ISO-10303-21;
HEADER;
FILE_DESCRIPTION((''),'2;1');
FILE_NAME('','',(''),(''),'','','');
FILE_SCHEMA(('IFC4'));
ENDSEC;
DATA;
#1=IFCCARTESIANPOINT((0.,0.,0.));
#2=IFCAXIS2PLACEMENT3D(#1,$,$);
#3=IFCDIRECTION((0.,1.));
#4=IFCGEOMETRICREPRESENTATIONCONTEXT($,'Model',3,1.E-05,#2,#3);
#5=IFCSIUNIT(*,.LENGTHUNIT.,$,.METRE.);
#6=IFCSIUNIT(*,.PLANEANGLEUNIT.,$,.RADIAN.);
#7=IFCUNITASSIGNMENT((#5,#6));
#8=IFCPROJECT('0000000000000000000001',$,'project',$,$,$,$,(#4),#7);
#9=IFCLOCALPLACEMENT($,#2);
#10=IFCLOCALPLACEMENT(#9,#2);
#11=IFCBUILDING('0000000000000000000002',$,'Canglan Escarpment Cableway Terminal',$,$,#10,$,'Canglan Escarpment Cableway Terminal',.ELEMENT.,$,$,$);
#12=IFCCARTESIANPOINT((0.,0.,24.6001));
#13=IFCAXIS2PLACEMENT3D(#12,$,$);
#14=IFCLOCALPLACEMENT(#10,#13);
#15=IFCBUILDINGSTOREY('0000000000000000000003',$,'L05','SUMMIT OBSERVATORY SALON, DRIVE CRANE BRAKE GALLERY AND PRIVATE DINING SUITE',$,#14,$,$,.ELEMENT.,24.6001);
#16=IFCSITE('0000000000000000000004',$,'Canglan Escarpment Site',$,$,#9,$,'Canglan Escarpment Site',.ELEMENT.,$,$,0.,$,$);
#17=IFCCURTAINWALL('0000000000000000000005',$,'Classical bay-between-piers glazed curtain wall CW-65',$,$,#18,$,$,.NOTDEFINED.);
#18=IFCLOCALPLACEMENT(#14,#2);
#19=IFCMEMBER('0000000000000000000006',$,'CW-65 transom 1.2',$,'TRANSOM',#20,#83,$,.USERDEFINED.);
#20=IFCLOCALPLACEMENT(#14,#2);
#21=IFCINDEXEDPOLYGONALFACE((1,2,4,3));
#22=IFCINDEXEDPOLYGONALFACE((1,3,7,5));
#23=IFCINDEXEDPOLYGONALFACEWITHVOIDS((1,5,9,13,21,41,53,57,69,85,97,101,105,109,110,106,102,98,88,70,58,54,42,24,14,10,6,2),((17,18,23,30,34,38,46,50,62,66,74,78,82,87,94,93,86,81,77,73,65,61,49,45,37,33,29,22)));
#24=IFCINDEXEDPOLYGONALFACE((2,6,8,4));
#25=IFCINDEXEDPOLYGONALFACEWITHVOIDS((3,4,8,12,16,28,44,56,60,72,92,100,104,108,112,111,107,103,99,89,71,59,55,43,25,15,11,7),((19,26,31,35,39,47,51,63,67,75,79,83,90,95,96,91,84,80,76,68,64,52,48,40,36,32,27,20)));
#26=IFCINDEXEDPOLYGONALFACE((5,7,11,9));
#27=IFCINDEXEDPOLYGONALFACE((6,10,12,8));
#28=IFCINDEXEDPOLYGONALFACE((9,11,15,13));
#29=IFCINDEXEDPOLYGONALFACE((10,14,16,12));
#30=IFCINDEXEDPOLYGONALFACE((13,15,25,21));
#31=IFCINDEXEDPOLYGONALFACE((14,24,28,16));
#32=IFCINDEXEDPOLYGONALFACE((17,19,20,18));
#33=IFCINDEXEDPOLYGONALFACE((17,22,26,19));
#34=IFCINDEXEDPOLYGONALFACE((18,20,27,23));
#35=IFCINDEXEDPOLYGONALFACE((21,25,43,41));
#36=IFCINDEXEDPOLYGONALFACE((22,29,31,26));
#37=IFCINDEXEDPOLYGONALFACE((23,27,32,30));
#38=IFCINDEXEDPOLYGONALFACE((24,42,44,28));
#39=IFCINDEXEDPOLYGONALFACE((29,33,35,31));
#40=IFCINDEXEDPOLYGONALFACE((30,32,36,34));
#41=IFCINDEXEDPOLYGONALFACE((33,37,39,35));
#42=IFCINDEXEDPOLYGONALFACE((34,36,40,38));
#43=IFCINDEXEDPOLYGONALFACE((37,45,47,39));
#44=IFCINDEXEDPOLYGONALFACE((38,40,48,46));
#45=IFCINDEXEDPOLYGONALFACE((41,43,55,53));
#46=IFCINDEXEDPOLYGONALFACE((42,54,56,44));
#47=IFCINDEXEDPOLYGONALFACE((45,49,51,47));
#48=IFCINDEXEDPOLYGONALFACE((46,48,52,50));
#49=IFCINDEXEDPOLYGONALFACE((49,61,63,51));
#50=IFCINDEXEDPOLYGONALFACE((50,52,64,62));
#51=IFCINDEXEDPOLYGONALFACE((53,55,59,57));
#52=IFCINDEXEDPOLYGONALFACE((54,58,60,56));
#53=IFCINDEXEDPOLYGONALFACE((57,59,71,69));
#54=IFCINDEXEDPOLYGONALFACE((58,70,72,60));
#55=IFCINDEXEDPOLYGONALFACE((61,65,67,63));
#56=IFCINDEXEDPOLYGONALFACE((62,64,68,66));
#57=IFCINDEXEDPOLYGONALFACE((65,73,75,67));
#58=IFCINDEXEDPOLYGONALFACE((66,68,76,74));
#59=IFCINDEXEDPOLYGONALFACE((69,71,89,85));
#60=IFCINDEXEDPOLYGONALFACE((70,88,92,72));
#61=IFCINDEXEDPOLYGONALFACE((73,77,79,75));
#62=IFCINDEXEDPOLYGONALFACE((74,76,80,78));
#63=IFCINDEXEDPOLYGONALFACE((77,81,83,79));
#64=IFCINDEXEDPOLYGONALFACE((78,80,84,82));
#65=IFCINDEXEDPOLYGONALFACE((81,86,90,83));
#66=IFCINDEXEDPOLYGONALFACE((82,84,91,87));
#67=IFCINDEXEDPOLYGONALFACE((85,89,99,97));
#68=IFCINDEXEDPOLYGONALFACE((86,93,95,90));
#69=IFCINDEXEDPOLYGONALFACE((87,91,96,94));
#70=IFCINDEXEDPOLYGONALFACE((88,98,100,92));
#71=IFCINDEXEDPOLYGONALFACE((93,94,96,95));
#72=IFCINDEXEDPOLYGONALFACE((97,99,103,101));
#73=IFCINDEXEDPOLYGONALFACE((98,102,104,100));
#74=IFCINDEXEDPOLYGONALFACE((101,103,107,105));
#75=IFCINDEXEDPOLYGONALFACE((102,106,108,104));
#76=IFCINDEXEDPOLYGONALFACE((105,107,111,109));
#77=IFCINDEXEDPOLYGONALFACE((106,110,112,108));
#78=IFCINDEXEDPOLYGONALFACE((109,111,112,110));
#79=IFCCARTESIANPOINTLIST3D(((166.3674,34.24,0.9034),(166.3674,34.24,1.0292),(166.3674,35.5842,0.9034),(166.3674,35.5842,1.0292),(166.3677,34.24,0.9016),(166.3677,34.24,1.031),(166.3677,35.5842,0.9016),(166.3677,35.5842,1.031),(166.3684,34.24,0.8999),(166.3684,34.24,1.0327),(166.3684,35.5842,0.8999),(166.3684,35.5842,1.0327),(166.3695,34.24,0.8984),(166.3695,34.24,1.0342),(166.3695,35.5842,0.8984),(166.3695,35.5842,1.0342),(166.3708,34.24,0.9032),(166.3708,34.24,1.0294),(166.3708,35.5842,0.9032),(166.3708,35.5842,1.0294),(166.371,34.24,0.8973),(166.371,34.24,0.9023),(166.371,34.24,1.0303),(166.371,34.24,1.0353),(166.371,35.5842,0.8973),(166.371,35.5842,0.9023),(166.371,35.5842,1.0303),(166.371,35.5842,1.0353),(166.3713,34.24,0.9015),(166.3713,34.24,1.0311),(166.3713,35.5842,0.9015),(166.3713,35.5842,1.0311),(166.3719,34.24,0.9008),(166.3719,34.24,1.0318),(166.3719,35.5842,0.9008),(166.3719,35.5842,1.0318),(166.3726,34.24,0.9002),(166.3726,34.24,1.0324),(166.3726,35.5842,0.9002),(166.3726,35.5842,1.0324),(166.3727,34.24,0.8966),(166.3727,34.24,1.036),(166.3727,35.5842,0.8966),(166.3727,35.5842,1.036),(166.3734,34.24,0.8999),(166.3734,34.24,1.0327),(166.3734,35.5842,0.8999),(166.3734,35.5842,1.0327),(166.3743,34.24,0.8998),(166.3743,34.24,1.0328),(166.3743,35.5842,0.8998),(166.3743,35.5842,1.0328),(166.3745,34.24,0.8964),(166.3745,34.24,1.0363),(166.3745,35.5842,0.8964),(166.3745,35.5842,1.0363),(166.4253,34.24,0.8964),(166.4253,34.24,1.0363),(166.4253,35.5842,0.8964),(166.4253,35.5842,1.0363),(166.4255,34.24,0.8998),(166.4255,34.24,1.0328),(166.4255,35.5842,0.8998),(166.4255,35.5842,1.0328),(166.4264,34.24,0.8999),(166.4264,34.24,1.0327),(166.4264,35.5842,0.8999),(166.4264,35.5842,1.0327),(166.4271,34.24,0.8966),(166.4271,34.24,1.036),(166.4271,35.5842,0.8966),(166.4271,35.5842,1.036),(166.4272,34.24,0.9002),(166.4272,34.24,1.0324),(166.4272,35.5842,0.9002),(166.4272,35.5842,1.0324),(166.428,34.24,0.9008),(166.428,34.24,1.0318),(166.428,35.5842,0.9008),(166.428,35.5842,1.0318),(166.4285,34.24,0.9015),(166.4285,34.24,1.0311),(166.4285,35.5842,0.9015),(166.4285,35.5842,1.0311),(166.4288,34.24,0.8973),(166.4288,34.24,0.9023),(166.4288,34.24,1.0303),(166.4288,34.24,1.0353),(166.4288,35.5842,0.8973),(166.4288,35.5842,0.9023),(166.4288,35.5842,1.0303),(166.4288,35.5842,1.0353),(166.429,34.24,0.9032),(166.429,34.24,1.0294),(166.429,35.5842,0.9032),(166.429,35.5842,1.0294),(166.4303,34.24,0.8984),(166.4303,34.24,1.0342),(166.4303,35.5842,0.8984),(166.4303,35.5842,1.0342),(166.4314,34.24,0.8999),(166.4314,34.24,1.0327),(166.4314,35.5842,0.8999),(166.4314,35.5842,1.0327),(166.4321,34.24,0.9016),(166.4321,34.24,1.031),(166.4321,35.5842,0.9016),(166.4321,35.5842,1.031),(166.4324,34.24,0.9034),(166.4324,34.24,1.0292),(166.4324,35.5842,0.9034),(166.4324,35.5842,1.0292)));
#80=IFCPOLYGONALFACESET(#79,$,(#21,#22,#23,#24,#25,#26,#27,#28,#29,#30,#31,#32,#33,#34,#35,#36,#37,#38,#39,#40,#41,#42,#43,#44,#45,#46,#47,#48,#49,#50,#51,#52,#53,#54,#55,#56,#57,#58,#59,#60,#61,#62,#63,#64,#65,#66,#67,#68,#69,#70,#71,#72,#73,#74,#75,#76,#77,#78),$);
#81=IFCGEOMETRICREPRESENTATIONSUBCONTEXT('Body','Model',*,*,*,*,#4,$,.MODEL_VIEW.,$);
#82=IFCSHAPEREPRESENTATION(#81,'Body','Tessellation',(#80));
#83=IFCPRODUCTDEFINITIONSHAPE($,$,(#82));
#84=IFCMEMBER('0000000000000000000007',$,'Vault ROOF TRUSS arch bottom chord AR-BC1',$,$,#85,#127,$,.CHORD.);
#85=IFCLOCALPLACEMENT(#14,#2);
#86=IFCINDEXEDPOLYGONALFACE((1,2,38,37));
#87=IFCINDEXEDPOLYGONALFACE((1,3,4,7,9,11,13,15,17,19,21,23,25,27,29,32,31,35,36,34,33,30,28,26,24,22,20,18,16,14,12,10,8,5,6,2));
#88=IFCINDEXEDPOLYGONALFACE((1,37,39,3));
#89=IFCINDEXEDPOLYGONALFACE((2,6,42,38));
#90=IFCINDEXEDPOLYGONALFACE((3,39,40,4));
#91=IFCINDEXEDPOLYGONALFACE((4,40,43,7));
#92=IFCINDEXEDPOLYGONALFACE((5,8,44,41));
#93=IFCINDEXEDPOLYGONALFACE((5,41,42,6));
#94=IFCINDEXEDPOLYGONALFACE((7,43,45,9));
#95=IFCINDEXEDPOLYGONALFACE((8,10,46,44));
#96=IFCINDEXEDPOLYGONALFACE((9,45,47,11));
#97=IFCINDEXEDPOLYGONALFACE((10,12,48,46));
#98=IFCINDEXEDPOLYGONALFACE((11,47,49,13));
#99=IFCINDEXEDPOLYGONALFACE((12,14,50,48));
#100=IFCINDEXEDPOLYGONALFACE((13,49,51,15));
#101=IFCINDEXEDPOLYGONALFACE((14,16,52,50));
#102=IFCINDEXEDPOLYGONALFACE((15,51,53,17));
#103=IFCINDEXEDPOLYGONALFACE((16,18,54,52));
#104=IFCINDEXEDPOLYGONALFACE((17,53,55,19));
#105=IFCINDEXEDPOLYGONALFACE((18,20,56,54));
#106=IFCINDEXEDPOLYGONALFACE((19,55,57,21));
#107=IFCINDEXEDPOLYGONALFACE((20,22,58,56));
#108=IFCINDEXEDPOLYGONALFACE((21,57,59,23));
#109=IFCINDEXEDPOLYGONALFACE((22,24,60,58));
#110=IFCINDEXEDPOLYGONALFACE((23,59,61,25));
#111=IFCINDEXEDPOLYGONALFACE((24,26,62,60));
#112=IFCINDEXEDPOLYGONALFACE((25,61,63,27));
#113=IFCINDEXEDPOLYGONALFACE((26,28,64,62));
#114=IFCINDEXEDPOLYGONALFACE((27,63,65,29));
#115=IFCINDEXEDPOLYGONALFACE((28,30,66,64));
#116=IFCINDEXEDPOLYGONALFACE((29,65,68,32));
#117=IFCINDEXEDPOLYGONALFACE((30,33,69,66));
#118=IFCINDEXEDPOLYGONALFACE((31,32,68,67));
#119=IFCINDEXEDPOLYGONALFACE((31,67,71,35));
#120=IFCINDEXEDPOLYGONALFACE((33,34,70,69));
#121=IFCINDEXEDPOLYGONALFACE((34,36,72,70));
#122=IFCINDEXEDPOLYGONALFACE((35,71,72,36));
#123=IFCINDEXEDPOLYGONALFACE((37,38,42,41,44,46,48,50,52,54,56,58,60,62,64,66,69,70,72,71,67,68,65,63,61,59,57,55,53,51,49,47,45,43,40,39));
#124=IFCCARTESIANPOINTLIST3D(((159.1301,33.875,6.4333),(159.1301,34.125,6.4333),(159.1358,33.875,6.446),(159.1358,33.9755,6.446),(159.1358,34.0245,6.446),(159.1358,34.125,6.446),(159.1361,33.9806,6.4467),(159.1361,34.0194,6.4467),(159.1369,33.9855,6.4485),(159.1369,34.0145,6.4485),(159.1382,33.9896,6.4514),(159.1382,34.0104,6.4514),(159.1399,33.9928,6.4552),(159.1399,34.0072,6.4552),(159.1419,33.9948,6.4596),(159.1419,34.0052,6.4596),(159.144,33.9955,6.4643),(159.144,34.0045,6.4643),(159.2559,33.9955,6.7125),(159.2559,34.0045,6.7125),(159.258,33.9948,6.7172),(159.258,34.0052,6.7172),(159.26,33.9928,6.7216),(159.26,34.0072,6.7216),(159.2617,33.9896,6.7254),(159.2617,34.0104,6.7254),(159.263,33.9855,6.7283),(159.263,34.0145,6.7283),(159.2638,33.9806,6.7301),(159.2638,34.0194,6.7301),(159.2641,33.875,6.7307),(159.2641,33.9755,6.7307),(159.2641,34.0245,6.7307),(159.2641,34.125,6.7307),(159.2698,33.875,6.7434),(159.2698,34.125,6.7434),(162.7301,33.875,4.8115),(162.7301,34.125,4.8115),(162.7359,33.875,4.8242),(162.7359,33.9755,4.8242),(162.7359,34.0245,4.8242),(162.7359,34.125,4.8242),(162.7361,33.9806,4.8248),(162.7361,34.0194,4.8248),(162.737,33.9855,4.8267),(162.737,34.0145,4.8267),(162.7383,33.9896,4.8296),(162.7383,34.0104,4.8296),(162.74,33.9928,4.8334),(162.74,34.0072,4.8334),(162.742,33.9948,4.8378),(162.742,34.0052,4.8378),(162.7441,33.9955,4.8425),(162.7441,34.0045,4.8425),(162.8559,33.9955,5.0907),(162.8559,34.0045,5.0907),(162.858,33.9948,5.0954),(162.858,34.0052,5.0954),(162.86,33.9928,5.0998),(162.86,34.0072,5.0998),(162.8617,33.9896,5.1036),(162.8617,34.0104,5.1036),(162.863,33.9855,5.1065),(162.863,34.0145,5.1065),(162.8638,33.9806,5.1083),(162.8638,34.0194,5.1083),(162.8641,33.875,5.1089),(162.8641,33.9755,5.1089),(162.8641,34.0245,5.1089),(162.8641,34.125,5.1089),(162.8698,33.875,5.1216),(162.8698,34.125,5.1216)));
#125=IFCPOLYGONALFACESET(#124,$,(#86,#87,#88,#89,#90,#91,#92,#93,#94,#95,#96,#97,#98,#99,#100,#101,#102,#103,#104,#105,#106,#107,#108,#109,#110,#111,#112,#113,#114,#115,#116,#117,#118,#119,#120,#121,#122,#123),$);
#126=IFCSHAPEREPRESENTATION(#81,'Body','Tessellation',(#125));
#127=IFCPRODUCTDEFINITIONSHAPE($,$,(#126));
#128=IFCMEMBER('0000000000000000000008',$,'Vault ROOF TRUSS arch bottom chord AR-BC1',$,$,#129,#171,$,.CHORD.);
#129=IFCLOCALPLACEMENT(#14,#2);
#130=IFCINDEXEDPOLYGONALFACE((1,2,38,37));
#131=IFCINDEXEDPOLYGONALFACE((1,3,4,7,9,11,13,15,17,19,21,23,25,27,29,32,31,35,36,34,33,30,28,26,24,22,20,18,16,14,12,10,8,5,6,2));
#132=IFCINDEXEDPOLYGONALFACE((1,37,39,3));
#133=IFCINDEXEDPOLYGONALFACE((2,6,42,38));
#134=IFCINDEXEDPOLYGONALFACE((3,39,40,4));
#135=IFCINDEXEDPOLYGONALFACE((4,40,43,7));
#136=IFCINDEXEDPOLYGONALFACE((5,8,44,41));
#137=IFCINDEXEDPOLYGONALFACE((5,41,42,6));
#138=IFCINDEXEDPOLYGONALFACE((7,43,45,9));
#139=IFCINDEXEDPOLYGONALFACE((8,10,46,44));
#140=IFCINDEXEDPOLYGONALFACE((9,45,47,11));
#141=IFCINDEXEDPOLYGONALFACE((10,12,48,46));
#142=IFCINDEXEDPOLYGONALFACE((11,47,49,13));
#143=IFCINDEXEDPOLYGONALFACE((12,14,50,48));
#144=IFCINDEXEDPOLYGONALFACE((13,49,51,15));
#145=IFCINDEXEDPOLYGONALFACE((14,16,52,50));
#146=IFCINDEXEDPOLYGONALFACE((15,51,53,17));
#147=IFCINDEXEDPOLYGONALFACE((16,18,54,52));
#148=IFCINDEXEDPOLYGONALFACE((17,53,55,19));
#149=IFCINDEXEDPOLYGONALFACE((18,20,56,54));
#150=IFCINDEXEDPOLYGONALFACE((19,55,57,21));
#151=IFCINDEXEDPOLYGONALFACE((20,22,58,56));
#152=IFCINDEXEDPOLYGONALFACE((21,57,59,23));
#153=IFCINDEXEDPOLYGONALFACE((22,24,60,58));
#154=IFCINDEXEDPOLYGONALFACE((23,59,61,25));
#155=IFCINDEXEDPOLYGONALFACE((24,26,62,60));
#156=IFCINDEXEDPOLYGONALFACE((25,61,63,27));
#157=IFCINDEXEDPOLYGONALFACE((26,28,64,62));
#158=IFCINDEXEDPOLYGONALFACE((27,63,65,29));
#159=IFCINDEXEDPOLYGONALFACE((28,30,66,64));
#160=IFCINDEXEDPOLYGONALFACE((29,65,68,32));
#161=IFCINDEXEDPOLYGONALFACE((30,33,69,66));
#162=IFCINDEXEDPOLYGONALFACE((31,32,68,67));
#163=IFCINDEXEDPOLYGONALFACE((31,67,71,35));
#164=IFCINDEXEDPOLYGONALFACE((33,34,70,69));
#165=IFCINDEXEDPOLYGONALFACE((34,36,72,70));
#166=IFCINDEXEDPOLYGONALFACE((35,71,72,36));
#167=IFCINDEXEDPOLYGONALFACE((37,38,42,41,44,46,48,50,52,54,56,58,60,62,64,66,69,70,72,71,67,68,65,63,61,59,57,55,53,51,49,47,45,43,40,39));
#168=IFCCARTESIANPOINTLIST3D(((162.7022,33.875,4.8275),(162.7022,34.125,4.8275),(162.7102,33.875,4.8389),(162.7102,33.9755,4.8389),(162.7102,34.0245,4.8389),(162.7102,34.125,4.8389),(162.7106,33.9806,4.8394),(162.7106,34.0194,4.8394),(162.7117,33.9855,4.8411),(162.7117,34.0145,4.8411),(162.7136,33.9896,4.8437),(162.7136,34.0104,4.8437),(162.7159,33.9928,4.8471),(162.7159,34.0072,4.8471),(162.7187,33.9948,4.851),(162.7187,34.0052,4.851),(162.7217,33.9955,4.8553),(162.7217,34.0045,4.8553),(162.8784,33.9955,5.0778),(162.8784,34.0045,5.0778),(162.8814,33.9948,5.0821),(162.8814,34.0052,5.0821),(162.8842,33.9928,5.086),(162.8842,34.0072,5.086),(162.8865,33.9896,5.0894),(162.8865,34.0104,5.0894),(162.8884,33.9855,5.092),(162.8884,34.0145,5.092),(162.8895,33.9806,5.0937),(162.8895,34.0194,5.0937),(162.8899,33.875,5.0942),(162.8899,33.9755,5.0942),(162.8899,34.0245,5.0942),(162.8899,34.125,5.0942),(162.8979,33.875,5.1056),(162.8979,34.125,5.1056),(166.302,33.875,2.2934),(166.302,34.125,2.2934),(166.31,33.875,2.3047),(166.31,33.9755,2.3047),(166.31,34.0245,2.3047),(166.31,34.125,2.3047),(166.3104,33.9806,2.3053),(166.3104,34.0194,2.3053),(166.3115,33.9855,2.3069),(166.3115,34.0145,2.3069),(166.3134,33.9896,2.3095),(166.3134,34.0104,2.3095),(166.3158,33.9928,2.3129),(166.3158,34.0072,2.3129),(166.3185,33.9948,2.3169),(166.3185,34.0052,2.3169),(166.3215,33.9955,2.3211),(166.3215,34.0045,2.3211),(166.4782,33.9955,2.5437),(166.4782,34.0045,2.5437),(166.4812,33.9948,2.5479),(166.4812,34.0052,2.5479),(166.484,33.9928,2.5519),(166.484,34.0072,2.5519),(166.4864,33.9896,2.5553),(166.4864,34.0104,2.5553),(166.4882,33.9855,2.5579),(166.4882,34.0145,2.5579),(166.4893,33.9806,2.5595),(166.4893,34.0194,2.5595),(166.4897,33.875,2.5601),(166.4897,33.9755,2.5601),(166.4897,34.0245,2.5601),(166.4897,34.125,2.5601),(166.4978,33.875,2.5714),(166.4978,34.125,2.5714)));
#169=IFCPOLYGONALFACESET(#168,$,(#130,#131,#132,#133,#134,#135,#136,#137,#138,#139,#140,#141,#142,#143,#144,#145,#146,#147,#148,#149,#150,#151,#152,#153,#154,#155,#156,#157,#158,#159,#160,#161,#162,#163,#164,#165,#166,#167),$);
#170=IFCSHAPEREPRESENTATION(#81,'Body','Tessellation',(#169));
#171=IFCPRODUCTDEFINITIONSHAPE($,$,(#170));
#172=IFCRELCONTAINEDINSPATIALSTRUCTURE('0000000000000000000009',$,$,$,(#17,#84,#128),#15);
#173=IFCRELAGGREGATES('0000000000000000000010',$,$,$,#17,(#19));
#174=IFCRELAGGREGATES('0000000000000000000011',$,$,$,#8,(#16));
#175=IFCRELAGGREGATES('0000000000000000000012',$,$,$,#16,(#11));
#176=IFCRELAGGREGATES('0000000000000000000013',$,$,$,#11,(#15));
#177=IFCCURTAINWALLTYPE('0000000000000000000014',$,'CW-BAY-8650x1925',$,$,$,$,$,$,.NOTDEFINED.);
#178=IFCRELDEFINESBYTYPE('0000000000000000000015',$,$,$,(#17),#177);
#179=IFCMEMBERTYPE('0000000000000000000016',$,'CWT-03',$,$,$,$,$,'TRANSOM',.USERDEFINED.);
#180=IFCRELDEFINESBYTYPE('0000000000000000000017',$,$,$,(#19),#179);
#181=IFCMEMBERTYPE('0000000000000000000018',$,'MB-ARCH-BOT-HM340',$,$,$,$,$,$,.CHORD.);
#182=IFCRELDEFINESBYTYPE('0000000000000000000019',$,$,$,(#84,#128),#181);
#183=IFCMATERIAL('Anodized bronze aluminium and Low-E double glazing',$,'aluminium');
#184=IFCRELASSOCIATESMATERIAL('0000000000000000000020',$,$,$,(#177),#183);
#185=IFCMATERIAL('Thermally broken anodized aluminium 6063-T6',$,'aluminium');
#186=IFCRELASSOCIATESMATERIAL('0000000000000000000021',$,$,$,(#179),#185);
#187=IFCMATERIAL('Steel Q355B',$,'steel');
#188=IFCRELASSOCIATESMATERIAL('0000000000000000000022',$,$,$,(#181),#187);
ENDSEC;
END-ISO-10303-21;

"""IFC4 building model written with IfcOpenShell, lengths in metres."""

from ifc_helpers import new_model, si_unit, direction, frame, origin, origin_2d, place, context, subcontext, project, spatial, hollow_rectangle, i_section, extrude, material, material_profile, profile_set, type_object, element, aggregate, save


model = new_model("IFC4")

# Units and contexts
model_context = context("Model", 3, precision=1e-05, world=origin(), true_north=direction((0.0, 1.0)))
body_context = subcontext(model_context, "Body", "Model", "MODEL_VIEW")
ifc_project = project(units=[si_unit("LENGTHUNIT", "METRE"), si_unit("PLANEANGLEUNIT", "RADIAN")], contexts=[model_context])

# Site, building, storey
site_placement = place(None, origin())
site = spatial("IfcSite", under=ifc_project, at=site_placement, Name="Canglan Escarpment Site", LongName="Canglan Escarpment Site", CompositionType="ELEMENT", RefElevation=0.0)
building_placement = place(site_placement, origin())
building = spatial("IfcBuilding", under=site, at=building_placement, Name="Canglan Escarpment Cableway Terminal", LongName="Canglan Escarpment Cableway Terminal", CompositionType="ELEMENT")
storey_placement = place(building_placement, frame((0.0, 0.0, 24.6001)))
storey = spatial("IfcBuildingStorey", under=building, at=storey_placement, Name="L05", Description="SUMMIT OBSERVATORY SALON, DRIVE CRANE BRAKE GALLERY AND PRIVATE DINING SUITE", CompositionType="ELEMENT", Elevation=24.6001)

# Shared definitions
ifc_material_1 = material(Name="Steel Q355B", Category="steel")

# Curtain wall, member
ifc_material_2 = material(Name="Anodized bronze aluminium and Low-E double glazing", Category="aluminium")
curtain_wall_type = type_object("IfcCurtainWallType", Name="CW-BAY-8650x1925", PredefinedType="NOTDEFINED", material=ifc_material_2)
curtain_wall_placement = place(storey_placement, origin())
curtain_wall = element("IfcCurtainWall", 1, at=curtain_wall_placement, inside=storey, type_object=curtain_wall_type, Name="Classical bay-between-piers glazed curtain wall CW-65", PredefinedType="NOTDEFINED")
ifc_material_3 = material(Name="Thermally broken anodized aluminium 6063-T6", Category="aluminium")
ifc_material_profile_1 = material_profile(ifc_material_3, hollow_rectangle(XDim=0.0649, YDim=0.1399, WallThickness=0.0034, InnerFilletRadius=0.0034, OuterFilletRadius=0.0071, at=origin_2d()), Name="ALU-TRAN 65x140x3.5")
ifc_profile_set_1 = profile_set([ifc_material_profile_1], Name="Thermally broken anodized aluminium 6063-T6")
member_type_1 = type_object("IfcMemberType", Name="CWT-03", ElementType="TRANSOM", PredefinedType="USERDEFINED", material=ifc_profile_set_1)
member_1_placement = place(storey_placement, frame((166.3999, 34.24, 0.9663), z_axis=(0.0, 1.0, 0.0), x_axis=(-1.0, 0.0, 0.0)))
member_1 = element("IfcMember", 2, at=member_1_placement, type_object=member_type_1, Name="CW-65 transom 1.2", ObjectType="TRANSOM", PredefinedType="USERDEFINED", context=body_context, shape_type="SweptSolid", body=[
    extrude(hollow_rectangle(XDim=0.0649, YDim=0.1399, WallThickness=0.0034, InnerFilletRadius=0.0034, OuterFilletRadius=0.0071, at=origin_2d()), origin(), (0.0, 0.0, 1.0), 1.3442),
])
aggregate(curtain_wall, [member_1])

# Members
ifc_material_profile_2 = material_profile(ifc_material_1, i_section(OverallWidth=0.25, OverallDepth=0.3401, WebThickness=0.009, FlangeThickness=0.0139, FilletRadius=0.02, at=origin_2d()), Name="HM 340x250x9x14")
ifc_profile_set_2 = profile_set([ifc_material_profile_2], Name="Steel Q355B")
member_type_2 = type_object("IfcMemberType", Name="MB-ARCH-BOT-HM340", PredefinedType="CHORD", material=ifc_profile_set_2)
member_2_placement = place(storey_placement, frame((159.2, 34.0, 6.5884), z_axis=(0.911753, 0.0, -0.41074), x_axis=(0.0, 1.0, 0.0)))
element("IfcMember", 3, at=member_2_placement, inside=storey, type_object=member_type_2, Name="Vault ROOF TRUSS arch bottom chord AR-BC1", PredefinedType="CHORD", context=body_context, shape_type="SweptSolid", body=[
    extrude(i_section(OverallWidth=0.25, OverallDepth=0.3401, WebThickness=0.009, FlangeThickness=0.0139, FilletRadius=0.02, at=origin_2d()), origin(), (0.0, 0.0, 1.0), 3.9485),
])
member_3_placement = place(storey_placement, frame((162.8, 34.0, 4.9666), z_axis=(0.817705, 0.0, -0.575638), x_axis=(0.0, 1.0, 0.0)))
element("IfcMember", 4, at=member_3_placement, inside=storey, type_object=member_type_2, Name="Vault ROOF TRUSS arch bottom chord AR-BC1", PredefinedType="CHORD", context=body_context, shape_type="SweptSolid", body=[
    extrude(i_section(OverallWidth=0.25, OverallDepth=0.3401, WebThickness=0.009, FlangeThickness=0.0139, FilletRadius=0.02, at=origin_2d()), origin(), (0.0, 0.0, 1.0), 4.4023),
])

save(model, "model.ifc")
